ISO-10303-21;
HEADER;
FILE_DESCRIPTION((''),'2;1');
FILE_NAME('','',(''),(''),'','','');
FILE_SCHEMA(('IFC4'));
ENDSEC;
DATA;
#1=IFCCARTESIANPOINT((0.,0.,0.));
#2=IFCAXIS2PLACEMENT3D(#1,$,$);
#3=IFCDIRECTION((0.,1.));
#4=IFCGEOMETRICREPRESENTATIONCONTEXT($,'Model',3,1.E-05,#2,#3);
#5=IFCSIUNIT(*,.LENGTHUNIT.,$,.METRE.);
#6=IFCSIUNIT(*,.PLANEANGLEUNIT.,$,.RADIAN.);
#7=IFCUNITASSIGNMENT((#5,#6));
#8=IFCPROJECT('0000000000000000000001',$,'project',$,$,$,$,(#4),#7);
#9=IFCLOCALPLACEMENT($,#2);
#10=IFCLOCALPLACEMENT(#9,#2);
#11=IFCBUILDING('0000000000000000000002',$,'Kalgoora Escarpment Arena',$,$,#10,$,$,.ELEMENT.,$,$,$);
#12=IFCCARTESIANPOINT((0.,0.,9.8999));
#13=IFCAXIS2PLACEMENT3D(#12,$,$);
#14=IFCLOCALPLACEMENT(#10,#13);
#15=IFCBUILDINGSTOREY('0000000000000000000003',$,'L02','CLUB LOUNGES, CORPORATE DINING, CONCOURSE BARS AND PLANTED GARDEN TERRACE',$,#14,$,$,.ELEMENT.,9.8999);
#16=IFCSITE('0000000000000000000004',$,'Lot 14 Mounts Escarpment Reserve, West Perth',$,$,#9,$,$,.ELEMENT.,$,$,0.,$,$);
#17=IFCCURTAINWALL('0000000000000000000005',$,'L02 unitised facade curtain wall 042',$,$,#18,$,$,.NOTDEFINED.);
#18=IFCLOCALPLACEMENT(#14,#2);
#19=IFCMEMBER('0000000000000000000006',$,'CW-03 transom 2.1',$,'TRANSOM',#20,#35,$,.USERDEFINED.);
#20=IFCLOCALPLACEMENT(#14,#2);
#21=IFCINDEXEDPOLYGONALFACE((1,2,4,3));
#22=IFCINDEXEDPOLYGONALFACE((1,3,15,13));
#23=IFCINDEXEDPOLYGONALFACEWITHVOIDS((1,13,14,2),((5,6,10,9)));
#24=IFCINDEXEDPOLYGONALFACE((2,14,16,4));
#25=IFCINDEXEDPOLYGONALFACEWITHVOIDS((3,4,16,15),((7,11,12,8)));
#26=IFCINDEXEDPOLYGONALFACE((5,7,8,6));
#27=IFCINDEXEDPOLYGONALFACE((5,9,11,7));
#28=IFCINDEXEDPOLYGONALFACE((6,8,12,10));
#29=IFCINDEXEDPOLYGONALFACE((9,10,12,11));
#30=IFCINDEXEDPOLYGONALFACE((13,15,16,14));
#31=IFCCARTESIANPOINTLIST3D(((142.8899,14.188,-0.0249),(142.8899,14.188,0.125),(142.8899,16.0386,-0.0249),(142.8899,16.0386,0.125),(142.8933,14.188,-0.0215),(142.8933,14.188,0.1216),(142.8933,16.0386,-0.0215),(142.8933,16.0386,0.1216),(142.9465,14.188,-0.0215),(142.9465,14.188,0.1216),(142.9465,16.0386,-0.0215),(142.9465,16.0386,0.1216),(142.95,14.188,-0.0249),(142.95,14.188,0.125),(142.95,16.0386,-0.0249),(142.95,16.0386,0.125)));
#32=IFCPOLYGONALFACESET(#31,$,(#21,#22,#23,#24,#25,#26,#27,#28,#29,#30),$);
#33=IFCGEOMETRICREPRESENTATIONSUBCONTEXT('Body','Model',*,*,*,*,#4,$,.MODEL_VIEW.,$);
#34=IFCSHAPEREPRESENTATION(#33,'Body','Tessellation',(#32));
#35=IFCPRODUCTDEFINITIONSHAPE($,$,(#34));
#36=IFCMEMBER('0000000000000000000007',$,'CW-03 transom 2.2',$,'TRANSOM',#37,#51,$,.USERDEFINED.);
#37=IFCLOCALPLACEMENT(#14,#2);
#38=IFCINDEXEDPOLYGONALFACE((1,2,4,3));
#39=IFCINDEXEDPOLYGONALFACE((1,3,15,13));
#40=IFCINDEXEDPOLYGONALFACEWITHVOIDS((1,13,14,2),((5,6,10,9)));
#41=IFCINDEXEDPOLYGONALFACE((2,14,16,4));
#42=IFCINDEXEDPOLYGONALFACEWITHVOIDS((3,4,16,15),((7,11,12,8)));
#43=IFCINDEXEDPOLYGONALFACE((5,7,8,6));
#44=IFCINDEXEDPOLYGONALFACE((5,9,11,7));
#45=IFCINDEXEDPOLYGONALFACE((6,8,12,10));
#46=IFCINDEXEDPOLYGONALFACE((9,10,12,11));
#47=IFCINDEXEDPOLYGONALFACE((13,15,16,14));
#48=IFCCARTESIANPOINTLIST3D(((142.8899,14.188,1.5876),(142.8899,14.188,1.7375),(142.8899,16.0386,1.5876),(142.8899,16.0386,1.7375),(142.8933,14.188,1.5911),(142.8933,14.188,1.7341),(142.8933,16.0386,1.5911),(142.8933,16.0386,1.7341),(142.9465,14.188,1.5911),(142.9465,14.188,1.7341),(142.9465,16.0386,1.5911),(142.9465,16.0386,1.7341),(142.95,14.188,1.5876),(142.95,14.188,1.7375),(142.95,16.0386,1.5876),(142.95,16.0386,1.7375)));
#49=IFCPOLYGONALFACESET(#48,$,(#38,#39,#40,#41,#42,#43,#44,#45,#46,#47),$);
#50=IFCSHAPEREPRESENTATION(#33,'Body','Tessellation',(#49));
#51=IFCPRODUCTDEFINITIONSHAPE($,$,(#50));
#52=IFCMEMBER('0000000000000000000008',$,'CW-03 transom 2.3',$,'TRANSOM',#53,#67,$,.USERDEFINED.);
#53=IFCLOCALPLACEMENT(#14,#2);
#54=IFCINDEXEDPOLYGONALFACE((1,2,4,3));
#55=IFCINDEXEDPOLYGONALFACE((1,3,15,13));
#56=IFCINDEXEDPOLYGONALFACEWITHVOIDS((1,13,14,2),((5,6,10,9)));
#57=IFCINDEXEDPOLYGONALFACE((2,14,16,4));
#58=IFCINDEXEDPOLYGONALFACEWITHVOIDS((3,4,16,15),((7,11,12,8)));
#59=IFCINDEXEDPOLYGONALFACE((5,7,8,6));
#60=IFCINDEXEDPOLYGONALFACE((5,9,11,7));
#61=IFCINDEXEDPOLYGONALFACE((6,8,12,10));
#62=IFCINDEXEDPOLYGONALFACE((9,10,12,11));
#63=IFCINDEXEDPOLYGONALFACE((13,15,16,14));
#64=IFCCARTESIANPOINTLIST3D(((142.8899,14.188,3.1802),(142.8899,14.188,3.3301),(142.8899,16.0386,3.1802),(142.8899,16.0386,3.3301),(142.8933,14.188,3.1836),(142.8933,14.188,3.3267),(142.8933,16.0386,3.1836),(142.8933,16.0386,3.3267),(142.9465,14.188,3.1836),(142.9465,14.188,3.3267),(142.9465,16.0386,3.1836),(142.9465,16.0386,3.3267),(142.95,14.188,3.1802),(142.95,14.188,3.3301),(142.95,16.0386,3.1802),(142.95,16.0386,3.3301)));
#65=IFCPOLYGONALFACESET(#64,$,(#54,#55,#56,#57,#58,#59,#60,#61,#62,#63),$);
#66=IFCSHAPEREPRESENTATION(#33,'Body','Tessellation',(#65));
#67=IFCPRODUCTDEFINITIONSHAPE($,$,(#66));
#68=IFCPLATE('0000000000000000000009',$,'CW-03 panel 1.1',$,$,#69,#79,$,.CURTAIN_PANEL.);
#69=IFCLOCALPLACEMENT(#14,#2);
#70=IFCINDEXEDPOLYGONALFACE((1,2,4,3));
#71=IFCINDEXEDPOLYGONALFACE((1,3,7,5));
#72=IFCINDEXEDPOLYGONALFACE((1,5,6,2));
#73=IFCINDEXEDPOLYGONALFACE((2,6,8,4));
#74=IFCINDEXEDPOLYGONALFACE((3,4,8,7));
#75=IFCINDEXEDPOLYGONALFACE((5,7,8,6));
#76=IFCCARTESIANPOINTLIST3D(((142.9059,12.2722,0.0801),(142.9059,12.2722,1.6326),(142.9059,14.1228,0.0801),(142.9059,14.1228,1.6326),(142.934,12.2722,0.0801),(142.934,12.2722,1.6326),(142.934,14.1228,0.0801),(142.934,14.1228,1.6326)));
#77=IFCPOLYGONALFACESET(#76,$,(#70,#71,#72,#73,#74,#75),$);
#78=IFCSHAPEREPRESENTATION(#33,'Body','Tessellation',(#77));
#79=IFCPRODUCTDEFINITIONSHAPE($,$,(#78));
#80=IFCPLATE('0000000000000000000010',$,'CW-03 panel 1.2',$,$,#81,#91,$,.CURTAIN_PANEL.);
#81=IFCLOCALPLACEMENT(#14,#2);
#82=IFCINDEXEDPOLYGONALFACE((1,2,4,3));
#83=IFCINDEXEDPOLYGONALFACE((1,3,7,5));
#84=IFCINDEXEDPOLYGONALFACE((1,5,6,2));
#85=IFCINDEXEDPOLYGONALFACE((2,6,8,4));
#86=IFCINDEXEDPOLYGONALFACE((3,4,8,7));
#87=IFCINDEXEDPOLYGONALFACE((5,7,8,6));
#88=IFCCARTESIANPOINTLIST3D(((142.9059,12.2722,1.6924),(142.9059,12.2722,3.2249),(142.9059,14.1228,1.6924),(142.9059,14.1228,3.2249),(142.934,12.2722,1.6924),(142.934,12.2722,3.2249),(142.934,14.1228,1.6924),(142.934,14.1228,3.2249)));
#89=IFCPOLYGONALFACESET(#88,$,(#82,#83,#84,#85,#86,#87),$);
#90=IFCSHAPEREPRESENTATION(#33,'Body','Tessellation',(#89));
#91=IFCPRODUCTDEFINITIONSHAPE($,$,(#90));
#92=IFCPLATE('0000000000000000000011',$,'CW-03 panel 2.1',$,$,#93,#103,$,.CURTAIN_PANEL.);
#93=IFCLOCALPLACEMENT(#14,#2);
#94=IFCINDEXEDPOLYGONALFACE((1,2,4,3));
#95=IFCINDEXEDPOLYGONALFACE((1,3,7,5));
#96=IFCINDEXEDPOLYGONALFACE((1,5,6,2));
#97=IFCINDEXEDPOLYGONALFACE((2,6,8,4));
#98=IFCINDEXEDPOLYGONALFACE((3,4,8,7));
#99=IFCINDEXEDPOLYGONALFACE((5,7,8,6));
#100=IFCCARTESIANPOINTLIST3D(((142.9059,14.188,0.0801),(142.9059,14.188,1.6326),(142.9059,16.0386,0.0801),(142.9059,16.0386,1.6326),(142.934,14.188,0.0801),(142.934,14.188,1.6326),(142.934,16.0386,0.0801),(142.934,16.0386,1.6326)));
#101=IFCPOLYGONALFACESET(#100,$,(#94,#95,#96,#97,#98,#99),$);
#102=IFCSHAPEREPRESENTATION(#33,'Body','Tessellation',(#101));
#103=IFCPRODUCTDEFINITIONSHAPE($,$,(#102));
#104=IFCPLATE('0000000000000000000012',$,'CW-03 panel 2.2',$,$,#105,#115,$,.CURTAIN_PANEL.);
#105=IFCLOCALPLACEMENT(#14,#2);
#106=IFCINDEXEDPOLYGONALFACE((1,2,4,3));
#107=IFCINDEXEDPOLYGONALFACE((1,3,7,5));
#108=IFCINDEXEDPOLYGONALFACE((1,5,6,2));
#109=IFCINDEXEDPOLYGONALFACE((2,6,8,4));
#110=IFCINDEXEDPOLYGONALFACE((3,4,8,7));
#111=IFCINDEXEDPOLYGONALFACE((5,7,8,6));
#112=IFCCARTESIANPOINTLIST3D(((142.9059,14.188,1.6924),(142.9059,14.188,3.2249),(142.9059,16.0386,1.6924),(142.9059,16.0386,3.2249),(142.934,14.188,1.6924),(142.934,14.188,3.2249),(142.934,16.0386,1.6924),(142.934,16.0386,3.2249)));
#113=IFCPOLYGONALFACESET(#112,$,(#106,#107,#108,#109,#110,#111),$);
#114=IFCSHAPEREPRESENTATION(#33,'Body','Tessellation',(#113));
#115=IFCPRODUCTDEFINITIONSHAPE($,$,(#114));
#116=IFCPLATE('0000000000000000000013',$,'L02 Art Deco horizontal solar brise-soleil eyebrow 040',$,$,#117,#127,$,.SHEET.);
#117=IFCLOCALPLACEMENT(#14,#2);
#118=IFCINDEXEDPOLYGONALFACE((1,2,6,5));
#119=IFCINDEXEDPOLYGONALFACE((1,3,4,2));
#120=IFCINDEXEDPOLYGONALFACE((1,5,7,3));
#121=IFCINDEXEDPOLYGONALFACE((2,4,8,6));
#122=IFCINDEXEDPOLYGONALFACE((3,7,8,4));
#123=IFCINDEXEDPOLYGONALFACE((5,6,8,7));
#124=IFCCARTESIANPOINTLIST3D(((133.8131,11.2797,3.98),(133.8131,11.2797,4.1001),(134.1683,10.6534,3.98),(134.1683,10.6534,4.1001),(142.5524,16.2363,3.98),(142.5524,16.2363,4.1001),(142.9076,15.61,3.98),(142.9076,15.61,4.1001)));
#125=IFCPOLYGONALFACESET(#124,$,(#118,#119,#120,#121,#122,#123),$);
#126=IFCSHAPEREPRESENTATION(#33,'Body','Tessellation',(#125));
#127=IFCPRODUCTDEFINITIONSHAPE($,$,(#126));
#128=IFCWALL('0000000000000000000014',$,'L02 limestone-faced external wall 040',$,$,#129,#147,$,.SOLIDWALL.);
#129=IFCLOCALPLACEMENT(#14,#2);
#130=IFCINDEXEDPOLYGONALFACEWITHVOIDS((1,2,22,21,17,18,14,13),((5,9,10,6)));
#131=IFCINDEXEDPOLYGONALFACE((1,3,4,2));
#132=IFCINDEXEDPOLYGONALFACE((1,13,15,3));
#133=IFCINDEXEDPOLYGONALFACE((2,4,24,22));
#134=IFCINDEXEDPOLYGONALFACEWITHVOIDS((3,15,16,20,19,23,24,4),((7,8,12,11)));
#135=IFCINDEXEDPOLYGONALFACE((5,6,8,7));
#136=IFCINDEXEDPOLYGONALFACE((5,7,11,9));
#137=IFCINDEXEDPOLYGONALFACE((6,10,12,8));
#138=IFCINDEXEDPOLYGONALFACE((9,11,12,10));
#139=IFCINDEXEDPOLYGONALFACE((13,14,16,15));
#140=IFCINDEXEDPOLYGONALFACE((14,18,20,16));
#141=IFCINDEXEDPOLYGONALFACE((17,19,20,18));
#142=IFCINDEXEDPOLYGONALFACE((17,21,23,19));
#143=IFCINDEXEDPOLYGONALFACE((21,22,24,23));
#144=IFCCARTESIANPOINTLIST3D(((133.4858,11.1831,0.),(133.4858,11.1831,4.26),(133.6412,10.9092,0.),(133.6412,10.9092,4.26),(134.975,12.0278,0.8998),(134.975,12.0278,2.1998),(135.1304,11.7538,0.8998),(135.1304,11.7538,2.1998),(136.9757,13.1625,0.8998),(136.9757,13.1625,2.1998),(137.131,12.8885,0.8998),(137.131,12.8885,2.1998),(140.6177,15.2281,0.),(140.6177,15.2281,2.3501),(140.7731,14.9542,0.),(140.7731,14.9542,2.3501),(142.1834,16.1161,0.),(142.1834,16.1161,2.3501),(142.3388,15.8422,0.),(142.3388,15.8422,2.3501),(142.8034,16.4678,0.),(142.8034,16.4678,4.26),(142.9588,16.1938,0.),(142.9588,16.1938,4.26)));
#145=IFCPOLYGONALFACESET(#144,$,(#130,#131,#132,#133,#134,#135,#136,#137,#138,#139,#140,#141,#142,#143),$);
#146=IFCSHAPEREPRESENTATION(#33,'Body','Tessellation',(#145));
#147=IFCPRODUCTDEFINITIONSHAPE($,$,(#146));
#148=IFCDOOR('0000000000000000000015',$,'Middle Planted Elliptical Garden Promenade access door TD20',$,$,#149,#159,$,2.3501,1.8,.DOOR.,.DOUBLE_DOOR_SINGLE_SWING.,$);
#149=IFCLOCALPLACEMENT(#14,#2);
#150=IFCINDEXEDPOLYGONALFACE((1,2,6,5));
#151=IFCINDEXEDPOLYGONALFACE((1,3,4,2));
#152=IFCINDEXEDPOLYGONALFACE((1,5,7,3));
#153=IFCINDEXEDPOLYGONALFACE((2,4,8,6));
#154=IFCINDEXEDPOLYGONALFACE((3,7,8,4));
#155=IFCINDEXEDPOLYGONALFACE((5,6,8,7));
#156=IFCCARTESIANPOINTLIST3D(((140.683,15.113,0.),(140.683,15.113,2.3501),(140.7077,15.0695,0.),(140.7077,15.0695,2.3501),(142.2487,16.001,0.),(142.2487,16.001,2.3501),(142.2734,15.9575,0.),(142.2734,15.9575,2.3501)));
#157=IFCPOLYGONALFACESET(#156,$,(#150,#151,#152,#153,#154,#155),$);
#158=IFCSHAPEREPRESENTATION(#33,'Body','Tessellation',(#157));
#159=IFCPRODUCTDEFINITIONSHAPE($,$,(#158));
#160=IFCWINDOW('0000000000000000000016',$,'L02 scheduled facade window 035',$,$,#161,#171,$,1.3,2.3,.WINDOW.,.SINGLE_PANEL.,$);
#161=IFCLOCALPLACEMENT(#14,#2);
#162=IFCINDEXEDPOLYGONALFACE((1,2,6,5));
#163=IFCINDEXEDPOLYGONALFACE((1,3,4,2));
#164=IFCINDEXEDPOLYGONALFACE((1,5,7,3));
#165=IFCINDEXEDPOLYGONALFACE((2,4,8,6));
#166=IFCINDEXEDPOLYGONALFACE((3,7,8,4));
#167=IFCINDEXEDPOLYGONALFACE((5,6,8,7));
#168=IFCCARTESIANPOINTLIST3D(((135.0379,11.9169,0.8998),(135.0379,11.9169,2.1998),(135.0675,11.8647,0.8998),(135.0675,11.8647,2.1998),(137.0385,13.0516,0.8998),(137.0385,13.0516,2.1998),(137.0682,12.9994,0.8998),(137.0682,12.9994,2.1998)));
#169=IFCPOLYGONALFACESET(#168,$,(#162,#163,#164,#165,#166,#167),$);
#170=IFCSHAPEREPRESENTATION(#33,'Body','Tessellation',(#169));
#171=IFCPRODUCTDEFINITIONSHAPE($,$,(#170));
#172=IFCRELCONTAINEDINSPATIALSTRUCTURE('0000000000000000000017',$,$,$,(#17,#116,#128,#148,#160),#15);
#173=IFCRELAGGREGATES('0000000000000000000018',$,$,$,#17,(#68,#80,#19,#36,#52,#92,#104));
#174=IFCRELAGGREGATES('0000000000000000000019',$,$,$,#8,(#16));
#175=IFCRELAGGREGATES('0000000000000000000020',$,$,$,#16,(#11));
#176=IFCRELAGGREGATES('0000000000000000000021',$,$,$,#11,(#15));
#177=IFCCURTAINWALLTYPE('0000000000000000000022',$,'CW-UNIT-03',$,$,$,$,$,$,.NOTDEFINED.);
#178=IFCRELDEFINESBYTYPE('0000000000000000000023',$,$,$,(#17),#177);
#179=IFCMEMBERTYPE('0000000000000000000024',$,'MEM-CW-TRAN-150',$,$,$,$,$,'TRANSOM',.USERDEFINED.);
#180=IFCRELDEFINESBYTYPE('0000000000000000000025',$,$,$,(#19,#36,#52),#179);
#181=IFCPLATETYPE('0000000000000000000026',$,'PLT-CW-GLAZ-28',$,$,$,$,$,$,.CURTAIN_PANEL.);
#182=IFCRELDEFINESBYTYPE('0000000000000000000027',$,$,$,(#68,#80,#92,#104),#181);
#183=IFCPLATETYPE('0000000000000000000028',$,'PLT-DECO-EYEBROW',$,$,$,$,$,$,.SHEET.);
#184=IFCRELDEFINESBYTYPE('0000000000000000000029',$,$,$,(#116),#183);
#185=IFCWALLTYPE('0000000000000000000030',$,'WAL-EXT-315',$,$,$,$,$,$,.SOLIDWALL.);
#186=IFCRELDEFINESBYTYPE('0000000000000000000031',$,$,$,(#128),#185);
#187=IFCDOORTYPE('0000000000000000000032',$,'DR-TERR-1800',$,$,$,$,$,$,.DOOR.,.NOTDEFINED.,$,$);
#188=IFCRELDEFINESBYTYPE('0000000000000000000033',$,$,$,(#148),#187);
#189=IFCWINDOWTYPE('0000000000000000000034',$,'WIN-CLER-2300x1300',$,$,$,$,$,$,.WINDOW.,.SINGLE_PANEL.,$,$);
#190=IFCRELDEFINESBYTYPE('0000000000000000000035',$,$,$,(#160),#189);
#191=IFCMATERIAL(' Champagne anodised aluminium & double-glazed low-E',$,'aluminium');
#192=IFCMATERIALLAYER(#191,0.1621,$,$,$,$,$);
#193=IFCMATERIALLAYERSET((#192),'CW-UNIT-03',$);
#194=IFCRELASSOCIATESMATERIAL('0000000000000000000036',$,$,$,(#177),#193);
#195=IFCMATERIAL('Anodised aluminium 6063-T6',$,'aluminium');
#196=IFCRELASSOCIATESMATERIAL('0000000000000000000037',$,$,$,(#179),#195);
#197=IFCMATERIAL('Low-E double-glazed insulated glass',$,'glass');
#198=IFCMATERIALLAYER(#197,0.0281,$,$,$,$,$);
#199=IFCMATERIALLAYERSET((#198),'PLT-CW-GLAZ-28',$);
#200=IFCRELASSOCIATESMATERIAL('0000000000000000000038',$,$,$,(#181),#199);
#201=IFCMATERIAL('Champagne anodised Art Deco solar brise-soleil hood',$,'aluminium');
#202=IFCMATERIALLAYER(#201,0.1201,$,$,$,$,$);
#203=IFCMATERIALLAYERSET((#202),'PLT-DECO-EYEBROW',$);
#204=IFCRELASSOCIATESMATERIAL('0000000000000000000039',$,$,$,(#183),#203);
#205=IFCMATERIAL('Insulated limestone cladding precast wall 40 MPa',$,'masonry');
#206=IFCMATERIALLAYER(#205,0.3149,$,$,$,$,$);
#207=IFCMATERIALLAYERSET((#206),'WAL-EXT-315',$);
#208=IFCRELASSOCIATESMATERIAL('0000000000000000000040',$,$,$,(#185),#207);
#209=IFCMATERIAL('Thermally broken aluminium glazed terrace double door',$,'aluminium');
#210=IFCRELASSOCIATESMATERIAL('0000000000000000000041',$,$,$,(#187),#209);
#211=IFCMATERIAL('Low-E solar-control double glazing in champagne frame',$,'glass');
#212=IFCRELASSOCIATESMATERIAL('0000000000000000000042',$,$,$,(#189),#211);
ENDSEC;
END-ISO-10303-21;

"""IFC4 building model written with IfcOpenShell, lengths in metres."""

from ifc_helpers import new_model, si_unit, direction, frame, frame_2d, origin, origin_2d, place, context, subcontext, project, spatial, rectangle, hollow_rectangle, extrude, material, layer, layer_set, material_profile, profile_set, type_object, element, fill, aggregate, save


model = new_model("IFC4")

# Units and contexts
model_context = context("Model", 3, precision=1e-05, world=origin(), true_north=direction((0.0, 1.0)))
body_context = subcontext(model_context, "Body", "Model", "MODEL_VIEW")
ifc_project = project(units=[si_unit("LENGTHUNIT", "METRE"), si_unit("PLANEANGLEUNIT", "RADIAN")], contexts=[model_context])

# Site, building, storey
site_placement = place(None, origin())
site = spatial("IfcSite", under=ifc_project, at=site_placement, Name="Lot 14 Mounts Escarpment Reserve, West Perth", CompositionType="ELEMENT", RefElevation=0.0)
building_placement = place(site_placement, origin())
building = spatial("IfcBuilding", under=site, at=building_placement, Name="Kalgoora Escarpment Arena", CompositionType="ELEMENT")
storey_placement = place(building_placement, frame((0.0, 0.0, 9.8999)))
storey = spatial("IfcBuildingStorey", under=building, at=storey_placement, Name="L02", Description="CLUB LOUNGES, CORPORATE DINING, CONCOURSE BARS AND PLANTED GARDEN TERRACE", CompositionType="ELEMENT", Elevation=9.8999)

# Curtain wall, members, plates
ifc_material_1 = material(Name=" Champagne anodised aluminium & double-glazed low-E", Category="aluminium")
ifc_layer_1 = layer(ifc_material_1, 0.1621)
ifc_layer_set_1 = layer_set([ifc_layer_1], Name="CW-UNIT-03")
curtain_wall_type = type_object("IfcCurtainWallType", Name="CW-UNIT-03", PredefinedType="NOTDEFINED", material=ifc_layer_set_1)
curtain_wall_placement = place(storey_placement, origin())
curtain_wall = element("IfcCurtainWall", 1, at=curtain_wall_placement, inside=storey, type_object=curtain_wall_type, Name="L02 unitised facade curtain wall 042", PredefinedType="NOTDEFINED")
ifc_material_2 = material(Name="Anodised aluminium 6063-T6", Category="aluminium")
ifc_material_profile_1 = material_profile(ifc_material_2, hollow_rectangle(XDim=0.0601, YDim=0.1499, WallThickness=0.0034, at=origin_2d()))
ifc_profile_set_1 = profile_set([ifc_material_profile_1], Name="Anodised aluminium 6063-T6")
member_type_1 = type_object("IfcMemberType", Name="MEM-CW-TRAN-150", ElementType="TRANSOM", PredefinedType="USERDEFINED", material=ifc_profile_set_1)
member_1_placement = place(storey_placement, frame((142.9199, 14.188, 0.05), z_axis=(0.0, 1.0, 0.0), x_axis=(-1.0, 0.0, 0.0)))
member_1 = element("IfcMember", 2, at=member_1_placement, type_object=member_type_1, Name="CW-03 transom 2.1", ObjectType="TRANSOM", PredefinedType="USERDEFINED", context=body_context, shape_type="SweptSolid", body=[
    extrude(hollow_rectangle(XDim=0.0601, YDim=0.1499, WallThickness=0.0034, at=origin_2d()), origin(), (0.0, 0.0, 1.0), 1.8506),
])
member_2_placement = place(storey_placement, frame((142.9199, 14.188, 1.6626), z_axis=(0.0, 1.0, 0.0), x_axis=(-1.0, 0.0, 0.0)))
member_2 = element("IfcMember", 3, at=member_2_placement, type_object=member_type_1, Name="CW-03 transom 2.2", ObjectType="TRANSOM", PredefinedType="USERDEFINED", context=body_context, shape_type="SweptSolid", body=[
    extrude(hollow_rectangle(XDim=0.0601, YDim=0.1499, WallThickness=0.0034, at=origin_2d()), origin(), (0.0, 0.0, 1.0), 1.8506),
])
member_3_placement = place(storey_placement, frame((142.9199, 14.188, 3.2551), z_axis=(0.0, 1.0, 0.0), x_axis=(-1.0, 0.0, 0.0)))
member_3 = element("IfcMember", 4, at=member_3_placement, type_object=member_type_1, Name="CW-03 transom 2.3", ObjectType="TRANSOM", PredefinedType="USERDEFINED", context=body_context, shape_type="SweptSolid", body=[
    extrude(hollow_rectangle(XDim=0.0601, YDim=0.1499, WallThickness=0.0034, at=origin_2d()), origin(), (0.0, 0.0, 1.0), 1.8506),
])
ifc_material_3 = material(Name="Low-E double-glazed insulated glass", Category="glass")
ifc_layer_2 = layer(ifc_material_3, 0.0281)
ifc_layer_set_2 = layer_set([ifc_layer_2], Name="PLT-CW-GLAZ-28")
plate_type_1 = type_object("IfcPlateType", Name="PLT-CW-GLAZ-28", PredefinedType="CURTAIN_PANEL", material=ifc_layer_set_2)
plate_1_placement = place(storey_placement, frame((142.9199, 13.1975, 0.0801), z_axis=(0.0, 0.0, 1.0), x_axis=(0.0, 1.0, 0.0)))
plate_1 = element("IfcPlate", 5, at=plate_1_placement, type_object=plate_type_1, Name="CW-03 panel 1.1", PredefinedType="CURTAIN_PANEL", context=body_context, shape_type="SweptSolid", body=[
    extrude(rectangle(XDim=1.8506, YDim=0.0281, at=origin_2d()), origin(), (0.0, 0.0, 1.0), 1.5525),
])
plate_2_placement = place(storey_placement, frame((142.9199, 13.1975, 1.6924), z_axis=(0.0, 0.0, 1.0), x_axis=(0.0, 1.0, 0.0)))
plate_2 = element("IfcPlate", 6, at=plate_2_placement, type_object=plate_type_1, Name="CW-03 panel 1.2", PredefinedType="CURTAIN_PANEL", context=body_context, shape_type="SweptSolid", body=[
    extrude(rectangle(XDim=1.8506, YDim=0.0281, at=origin_2d()), origin(), (0.0, 0.0, 1.0), 1.5325),
])
plate_3_placement = place(storey_placement, frame((142.9199, 15.1133, 0.0801), z_axis=(0.0, 0.0, 1.0), x_axis=(0.0, 1.0, 0.0)))
plate_3 = element("IfcPlate", 7, at=plate_3_placement, type_object=plate_type_1, Name="CW-03 panel 2.1", PredefinedType="CURTAIN_PANEL", context=body_context, shape_type="SweptSolid", body=[
    extrude(rectangle(XDim=1.8506, YDim=0.0281, at=origin_2d()), origin(), (0.0, 0.0, 1.0), 1.5525),
])
plate_4_placement = place(storey_placement, frame((142.9199, 15.1133, 1.6924), z_axis=(0.0, 0.0, 1.0), x_axis=(0.0, 1.0, 0.0)))
plate_4 = element("IfcPlate", 8, at=plate_4_placement, type_object=plate_type_1, Name="CW-03 panel 2.2", PredefinedType="CURTAIN_PANEL", context=body_context, shape_type="SweptSolid", body=[
    extrude(rectangle(XDim=1.8506, YDim=0.0281, at=origin_2d()), origin(), (0.0, 0.0, 1.0), 1.5325),
])
aggregate(curtain_wall, [plate_1, plate_2, member_1, member_2, member_3, plate_3, plate_4])

# Plate
ifc_material_4 = material(Name="Champagne anodised Art Deco solar brise-soleil hood", Category="aluminium")
ifc_layer_3 = layer(ifc_material_4, 0.1201)
ifc_layer_set_3 = layer_set([ifc_layer_3], Name="PLT-DECO-EYEBROW")
plate_type_2 = type_object("IfcPlateType", Name="PLT-DECO-EYEBROW", PredefinedType="SHEET", material=ifc_layer_set_3)
plate_5_placement = place(storey_placement, frame((138.3604, 13.4448, 3.98), z_axis=(0.0, 0.0, 1.0), x_axis=(-0.86984, -0.493335, 0.0)))
element("IfcPlate", 9, at=plate_5_placement, inside=storey, type_object=plate_type_2, Name="L02 Art Deco horizontal solar brise-soleil eyebrow 040", PredefinedType="SHEET", context=body_context, shape_type="SweptSolid", body=[
    extrude(rectangle(XDim=10.0471, YDim=0.72, at=origin_2d()), origin(), (0.0, 0.0, 1.0), 0.1201),
])

# Wall, openings, door, window
ifc_material_5 = material(Name="Insulated limestone cladding precast wall 40 MPa", Category="masonry")
ifc_layer_4 = layer(ifc_material_5, 0.3149)
ifc_layer_set_4 = layer_set([ifc_layer_4], Name="WAL-EXT-315")
wall_type_1 = type_object("IfcWallType", Name="WAL-EXT-315", PredefinedType="SOLIDWALL", material=ifc_layer_set_4)
wall_1_placement = place(storey_placement, frame((142.8811, 16.3308, 0.0), z_axis=(0.0, 0.0, 1.0), x_axis=(-0.869835, -0.493343, 0.0)))
wall_1 = element("IfcWall", 10, at=wall_1_placement, inside=storey, type_object=wall_type_1, Name="L02 limestone-faced external wall 040", PredefinedType="SOLIDWALL", context=body_context, shape_type="SweptSolid", body=[
    extrude(rectangle(XDim=10.7119, YDim=0.3149, at=frame_2d((5.356, 0.0))), origin(), (0.0, 0.0, 1.0), 4.26),
])
opening_1_placement = place(wall_1_placement, frame((0.7129, 0.0, 0.0)))
opening_1 = element("IfcOpeningElement", 11, at=opening_1_placement, cuts=wall_1, PredefinedType="OPENING", context=body_context, shape_type="SweptSolid", body=[
    extrude(rectangle(XDim=1.8, YDim=2.3501, at=frame_2d((0.8999, 1.175))), frame((0.0, 0.1675, 0.0), z_axis=(0.0, -1.0, 0.0), x_axis=(1.0, 0.0, 0.0)), (0.0, 0.0, 1.0), 0.335),
])
opening_2_placement = place(wall_1_placement, frame((6.7, 0.0, 0.8999)))
opening_2 = element("IfcOpeningElement", 12, at=opening_2_placement, cuts=wall_1, PredefinedType="OPENING", context=body_context, shape_type="SweptSolid", body=[
    extrude(rectangle(XDim=2.3, YDim=1.3, at=frame_2d((1.1499, 0.6499))), frame((0.0, 0.1675, 0.0), z_axis=(0.0, -1.0, 0.0), x_axis=(1.0, 0.0, 0.0)), (0.0, 0.0, 1.0), 0.335),
])
ifc_material_6 = material(Name="Thermally broken aluminium glazed terrace double door", Category="aluminium")
door_type_1 = type_object("IfcDoorType", Name="DR-TERR-1800", OperationType="NOTDEFINED", PredefinedType="DOOR", material=ifc_material_6)
door_1_placement = place(opening_1_placement, origin())
door_1 = element("IfcDoor", 13, at=door_1_placement, inside=storey, type_object=door_type_1, Name="Middle Planted Elliptical Garden Promenade access door TD20", OperationType="DOUBLE_DOOR_SINGLE_SWING", OverallHeight=2.3501, OverallWidth=1.8, PredefinedType="DOOR", context=body_context, shape_type="SweptSolid", body=[
    extrude(rectangle(XDim=1.8, YDim=2.3501, at=frame_2d((0.8999, 1.175))), frame((0.0, 0.0249, 0.0), z_axis=(0.0, -1.0, 0.0), x_axis=(1.0, 0.0, 0.0)), (0.0, 0.0, 1.0), 0.05),
])
fill(opening_1, door_1)
ifc_material_7 = material(Name="Low-E solar-control double glazing in champagne frame", Category="glass")
window_type = type_object("IfcWindowType", Name="WIN-CLER-2300x1300", PartitioningType="SINGLE_PANEL", PredefinedType="WINDOW", material=ifc_material_7)
window_placement = place(opening_2_placement, origin())
window = element("IfcWindow", 14, at=window_placement, inside=storey, type_object=window_type, Name="L02 scheduled facade window 035", OverallHeight=1.3, OverallWidth=2.3, PartitioningType="SINGLE_PANEL", PredefinedType="WINDOW", context=body_context, shape_type="SweptSolid", body=[
    extrude(rectangle(XDim=2.3, YDim=1.3, at=frame_2d((1.1499, 0.6499))), frame((0.0, 0.03, 0.0), z_axis=(0.0, -1.0, 0.0), x_axis=(1.0, 0.0, 0.0)), (0.0, 0.0, 1.0), 0.0601),
])
fill(opening_2, window)

save(model, "model.ifc")
